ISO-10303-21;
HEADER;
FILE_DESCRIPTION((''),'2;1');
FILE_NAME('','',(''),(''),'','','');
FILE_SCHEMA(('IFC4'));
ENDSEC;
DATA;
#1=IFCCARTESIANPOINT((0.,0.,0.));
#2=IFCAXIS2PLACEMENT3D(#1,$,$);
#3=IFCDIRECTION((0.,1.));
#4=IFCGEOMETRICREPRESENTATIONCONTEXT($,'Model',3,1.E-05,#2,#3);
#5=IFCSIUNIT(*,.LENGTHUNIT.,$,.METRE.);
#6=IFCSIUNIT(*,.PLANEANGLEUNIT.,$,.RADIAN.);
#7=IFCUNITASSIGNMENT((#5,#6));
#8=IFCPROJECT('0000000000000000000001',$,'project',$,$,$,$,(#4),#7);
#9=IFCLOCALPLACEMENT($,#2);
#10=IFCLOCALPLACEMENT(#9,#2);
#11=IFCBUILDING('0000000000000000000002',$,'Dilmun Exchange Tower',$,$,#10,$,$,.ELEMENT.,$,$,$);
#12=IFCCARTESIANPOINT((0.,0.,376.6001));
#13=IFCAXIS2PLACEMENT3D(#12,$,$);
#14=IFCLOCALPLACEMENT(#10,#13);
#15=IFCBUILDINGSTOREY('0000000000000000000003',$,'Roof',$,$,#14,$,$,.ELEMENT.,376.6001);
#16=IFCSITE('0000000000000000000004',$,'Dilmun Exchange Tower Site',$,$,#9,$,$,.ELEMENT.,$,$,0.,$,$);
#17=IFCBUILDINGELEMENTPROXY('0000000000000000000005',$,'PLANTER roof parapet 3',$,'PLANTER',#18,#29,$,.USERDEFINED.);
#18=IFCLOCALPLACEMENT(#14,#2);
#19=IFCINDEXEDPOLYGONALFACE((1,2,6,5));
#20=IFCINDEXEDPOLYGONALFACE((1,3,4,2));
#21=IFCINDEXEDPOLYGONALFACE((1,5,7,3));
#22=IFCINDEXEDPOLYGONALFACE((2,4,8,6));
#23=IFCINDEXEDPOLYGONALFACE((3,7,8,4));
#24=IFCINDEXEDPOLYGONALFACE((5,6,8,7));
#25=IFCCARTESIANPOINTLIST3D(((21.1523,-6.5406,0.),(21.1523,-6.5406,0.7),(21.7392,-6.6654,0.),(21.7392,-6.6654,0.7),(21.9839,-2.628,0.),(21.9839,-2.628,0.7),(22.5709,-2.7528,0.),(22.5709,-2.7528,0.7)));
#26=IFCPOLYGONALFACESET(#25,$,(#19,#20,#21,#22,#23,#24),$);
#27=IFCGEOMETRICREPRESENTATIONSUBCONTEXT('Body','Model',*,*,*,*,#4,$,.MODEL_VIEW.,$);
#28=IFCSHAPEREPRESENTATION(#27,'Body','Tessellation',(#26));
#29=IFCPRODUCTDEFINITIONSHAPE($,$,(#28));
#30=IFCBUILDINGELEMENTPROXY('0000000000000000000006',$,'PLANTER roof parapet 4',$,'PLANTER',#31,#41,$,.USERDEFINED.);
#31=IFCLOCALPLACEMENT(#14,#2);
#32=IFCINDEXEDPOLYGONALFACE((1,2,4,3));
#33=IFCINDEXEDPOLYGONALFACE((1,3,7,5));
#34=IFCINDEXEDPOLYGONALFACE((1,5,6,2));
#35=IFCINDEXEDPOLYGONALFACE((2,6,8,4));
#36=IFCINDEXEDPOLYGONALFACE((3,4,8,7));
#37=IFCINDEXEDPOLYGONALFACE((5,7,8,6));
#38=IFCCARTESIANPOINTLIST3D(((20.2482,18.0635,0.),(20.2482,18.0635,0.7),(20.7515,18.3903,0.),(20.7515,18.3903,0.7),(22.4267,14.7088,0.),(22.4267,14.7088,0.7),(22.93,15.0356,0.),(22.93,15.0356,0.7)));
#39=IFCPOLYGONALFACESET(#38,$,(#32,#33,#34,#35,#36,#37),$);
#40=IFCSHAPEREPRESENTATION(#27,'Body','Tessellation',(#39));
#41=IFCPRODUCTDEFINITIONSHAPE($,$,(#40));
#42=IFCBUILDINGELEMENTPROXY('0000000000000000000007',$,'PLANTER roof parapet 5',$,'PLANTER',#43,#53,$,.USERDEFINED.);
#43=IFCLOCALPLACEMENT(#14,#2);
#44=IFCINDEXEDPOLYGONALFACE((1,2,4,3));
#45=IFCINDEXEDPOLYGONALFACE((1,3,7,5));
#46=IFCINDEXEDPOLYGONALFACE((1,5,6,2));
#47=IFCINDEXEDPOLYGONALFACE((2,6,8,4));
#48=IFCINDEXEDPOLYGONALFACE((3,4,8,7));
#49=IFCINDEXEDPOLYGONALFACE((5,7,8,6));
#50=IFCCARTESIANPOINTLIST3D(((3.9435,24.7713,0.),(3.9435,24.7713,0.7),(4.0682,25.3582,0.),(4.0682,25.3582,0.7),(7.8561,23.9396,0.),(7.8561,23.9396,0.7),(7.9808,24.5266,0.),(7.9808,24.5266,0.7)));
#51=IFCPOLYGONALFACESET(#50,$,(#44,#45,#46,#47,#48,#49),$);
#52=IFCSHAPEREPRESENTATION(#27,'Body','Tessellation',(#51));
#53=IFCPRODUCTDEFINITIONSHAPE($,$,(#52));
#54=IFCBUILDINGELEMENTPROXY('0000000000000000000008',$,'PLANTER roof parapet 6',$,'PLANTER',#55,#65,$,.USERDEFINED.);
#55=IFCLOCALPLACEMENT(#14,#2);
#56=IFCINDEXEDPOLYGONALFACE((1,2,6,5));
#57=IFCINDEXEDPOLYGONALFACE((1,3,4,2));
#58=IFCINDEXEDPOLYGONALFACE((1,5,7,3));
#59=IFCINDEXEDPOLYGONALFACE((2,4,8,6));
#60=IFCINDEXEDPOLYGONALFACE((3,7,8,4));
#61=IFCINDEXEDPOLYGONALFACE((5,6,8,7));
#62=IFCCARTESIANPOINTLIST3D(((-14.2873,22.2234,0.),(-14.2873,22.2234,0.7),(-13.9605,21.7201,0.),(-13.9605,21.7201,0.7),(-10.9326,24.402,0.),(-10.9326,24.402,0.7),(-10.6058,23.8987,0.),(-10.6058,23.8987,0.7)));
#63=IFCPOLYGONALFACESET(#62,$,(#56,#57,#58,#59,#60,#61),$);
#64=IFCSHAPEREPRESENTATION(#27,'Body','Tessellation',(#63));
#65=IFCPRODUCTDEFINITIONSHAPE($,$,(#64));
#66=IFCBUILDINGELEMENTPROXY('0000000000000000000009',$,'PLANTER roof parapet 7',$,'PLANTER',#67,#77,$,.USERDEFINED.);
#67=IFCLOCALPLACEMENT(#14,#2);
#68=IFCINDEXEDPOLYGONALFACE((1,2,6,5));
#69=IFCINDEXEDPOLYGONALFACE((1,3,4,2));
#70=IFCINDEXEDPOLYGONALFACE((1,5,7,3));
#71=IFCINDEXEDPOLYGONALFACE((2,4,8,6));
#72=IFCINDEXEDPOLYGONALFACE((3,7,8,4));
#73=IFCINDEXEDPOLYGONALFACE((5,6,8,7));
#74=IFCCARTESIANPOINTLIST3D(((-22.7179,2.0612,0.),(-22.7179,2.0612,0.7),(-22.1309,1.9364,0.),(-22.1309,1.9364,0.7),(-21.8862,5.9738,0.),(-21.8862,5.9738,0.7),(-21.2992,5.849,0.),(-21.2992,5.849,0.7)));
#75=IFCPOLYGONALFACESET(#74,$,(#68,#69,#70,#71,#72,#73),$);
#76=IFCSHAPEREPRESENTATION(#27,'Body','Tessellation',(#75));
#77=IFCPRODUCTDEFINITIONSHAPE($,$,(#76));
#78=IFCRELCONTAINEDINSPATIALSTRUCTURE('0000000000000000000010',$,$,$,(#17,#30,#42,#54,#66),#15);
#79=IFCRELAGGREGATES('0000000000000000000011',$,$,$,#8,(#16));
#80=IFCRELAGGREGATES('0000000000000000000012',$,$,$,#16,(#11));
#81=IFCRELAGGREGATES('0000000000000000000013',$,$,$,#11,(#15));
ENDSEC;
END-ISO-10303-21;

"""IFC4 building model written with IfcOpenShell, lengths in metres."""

from ifc_helpers import new_model, si_unit, direction, frame, origin, origin_2d, place, context, subcontext, project, spatial, rectangle, extrude, element, save


model = new_model("IFC4")

# Units and contexts
model_context = context("Model", 3, precision=1e-05, world=origin(), true_north=direction((0.0, 1.0)))
body_context = subcontext(model_context, "Body", "Model", "MODEL_VIEW")
ifc_project = project(units=[si_unit("LENGTHUNIT", "METRE"), si_unit("PLANEANGLEUNIT", "RADIAN")], contexts=[model_context])

# Site, building, storey
site_placement = place(None, origin())
site = spatial("IfcSite", under=ifc_project, at=site_placement, Name="Dilmun Exchange Tower Site", CompositionType="ELEMENT", RefElevation=0.0)
building_placement = place(site_placement, origin())
building = spatial("IfcBuilding", under=site, at=building_placement, Name="Dilmun Exchange Tower", CompositionType="ELEMENT")
storey_placement = place(building_placement, frame((0.0, 0.0, 376.6001)))
storey = spatial("IfcBuildingStorey", under=building, at=storey_placement, Name="Roof", CompositionType="ELEMENT", Elevation=376.6001)

# Building element proxies
for number, where, z_axis, x_axis, name in (
    (1, (21.8616, -4.6467, 0.0), (0.0, 0.0, 1.0), (0.207912, 0.978148, 0.0), "PLANTER roof parapet 3"),
    (2, (21.5891, 16.5496, 0.0), (0.0, 0.0, 1.0), (-0.544639, 0.838671, 0.0), "PLANTER roof parapet 4"),
    (3, (5.9622, 24.6489, 0.0), (0.0, 0.0, 1.0), (-0.978148, 0.207912, 0.0), "PLANTER roof parapet 5"),
    (4, (-12.4465, 23.061, 0.0), (0.0, 0.0, 1.0), (-0.838671, -0.544639, 0.0), "PLANTER roof parapet 6"),
    (5, (-22.0085, 3.9551, 0.0), (0.0, 0.0, 1.0), (-0.207912, -0.978148, 0.0), "PLANTER roof parapet 7"),
):
    element("IfcBuildingElementProxy", number, at=place(storey_placement, frame(where, z_axis=z_axis, x_axis=x_axis)), inside=storey, Name=name, ObjectType="PLANTER", PredefinedType="USERDEFINED", context=body_context, shape_type="SweptSolid", body=[
        extrude(rectangle(XDim=4.0, YDim=0.6001, at=origin_2d()), origin(), (0.0, 0.0, 1.0), 0.7),
    ])

save(model, "model.ifc")
